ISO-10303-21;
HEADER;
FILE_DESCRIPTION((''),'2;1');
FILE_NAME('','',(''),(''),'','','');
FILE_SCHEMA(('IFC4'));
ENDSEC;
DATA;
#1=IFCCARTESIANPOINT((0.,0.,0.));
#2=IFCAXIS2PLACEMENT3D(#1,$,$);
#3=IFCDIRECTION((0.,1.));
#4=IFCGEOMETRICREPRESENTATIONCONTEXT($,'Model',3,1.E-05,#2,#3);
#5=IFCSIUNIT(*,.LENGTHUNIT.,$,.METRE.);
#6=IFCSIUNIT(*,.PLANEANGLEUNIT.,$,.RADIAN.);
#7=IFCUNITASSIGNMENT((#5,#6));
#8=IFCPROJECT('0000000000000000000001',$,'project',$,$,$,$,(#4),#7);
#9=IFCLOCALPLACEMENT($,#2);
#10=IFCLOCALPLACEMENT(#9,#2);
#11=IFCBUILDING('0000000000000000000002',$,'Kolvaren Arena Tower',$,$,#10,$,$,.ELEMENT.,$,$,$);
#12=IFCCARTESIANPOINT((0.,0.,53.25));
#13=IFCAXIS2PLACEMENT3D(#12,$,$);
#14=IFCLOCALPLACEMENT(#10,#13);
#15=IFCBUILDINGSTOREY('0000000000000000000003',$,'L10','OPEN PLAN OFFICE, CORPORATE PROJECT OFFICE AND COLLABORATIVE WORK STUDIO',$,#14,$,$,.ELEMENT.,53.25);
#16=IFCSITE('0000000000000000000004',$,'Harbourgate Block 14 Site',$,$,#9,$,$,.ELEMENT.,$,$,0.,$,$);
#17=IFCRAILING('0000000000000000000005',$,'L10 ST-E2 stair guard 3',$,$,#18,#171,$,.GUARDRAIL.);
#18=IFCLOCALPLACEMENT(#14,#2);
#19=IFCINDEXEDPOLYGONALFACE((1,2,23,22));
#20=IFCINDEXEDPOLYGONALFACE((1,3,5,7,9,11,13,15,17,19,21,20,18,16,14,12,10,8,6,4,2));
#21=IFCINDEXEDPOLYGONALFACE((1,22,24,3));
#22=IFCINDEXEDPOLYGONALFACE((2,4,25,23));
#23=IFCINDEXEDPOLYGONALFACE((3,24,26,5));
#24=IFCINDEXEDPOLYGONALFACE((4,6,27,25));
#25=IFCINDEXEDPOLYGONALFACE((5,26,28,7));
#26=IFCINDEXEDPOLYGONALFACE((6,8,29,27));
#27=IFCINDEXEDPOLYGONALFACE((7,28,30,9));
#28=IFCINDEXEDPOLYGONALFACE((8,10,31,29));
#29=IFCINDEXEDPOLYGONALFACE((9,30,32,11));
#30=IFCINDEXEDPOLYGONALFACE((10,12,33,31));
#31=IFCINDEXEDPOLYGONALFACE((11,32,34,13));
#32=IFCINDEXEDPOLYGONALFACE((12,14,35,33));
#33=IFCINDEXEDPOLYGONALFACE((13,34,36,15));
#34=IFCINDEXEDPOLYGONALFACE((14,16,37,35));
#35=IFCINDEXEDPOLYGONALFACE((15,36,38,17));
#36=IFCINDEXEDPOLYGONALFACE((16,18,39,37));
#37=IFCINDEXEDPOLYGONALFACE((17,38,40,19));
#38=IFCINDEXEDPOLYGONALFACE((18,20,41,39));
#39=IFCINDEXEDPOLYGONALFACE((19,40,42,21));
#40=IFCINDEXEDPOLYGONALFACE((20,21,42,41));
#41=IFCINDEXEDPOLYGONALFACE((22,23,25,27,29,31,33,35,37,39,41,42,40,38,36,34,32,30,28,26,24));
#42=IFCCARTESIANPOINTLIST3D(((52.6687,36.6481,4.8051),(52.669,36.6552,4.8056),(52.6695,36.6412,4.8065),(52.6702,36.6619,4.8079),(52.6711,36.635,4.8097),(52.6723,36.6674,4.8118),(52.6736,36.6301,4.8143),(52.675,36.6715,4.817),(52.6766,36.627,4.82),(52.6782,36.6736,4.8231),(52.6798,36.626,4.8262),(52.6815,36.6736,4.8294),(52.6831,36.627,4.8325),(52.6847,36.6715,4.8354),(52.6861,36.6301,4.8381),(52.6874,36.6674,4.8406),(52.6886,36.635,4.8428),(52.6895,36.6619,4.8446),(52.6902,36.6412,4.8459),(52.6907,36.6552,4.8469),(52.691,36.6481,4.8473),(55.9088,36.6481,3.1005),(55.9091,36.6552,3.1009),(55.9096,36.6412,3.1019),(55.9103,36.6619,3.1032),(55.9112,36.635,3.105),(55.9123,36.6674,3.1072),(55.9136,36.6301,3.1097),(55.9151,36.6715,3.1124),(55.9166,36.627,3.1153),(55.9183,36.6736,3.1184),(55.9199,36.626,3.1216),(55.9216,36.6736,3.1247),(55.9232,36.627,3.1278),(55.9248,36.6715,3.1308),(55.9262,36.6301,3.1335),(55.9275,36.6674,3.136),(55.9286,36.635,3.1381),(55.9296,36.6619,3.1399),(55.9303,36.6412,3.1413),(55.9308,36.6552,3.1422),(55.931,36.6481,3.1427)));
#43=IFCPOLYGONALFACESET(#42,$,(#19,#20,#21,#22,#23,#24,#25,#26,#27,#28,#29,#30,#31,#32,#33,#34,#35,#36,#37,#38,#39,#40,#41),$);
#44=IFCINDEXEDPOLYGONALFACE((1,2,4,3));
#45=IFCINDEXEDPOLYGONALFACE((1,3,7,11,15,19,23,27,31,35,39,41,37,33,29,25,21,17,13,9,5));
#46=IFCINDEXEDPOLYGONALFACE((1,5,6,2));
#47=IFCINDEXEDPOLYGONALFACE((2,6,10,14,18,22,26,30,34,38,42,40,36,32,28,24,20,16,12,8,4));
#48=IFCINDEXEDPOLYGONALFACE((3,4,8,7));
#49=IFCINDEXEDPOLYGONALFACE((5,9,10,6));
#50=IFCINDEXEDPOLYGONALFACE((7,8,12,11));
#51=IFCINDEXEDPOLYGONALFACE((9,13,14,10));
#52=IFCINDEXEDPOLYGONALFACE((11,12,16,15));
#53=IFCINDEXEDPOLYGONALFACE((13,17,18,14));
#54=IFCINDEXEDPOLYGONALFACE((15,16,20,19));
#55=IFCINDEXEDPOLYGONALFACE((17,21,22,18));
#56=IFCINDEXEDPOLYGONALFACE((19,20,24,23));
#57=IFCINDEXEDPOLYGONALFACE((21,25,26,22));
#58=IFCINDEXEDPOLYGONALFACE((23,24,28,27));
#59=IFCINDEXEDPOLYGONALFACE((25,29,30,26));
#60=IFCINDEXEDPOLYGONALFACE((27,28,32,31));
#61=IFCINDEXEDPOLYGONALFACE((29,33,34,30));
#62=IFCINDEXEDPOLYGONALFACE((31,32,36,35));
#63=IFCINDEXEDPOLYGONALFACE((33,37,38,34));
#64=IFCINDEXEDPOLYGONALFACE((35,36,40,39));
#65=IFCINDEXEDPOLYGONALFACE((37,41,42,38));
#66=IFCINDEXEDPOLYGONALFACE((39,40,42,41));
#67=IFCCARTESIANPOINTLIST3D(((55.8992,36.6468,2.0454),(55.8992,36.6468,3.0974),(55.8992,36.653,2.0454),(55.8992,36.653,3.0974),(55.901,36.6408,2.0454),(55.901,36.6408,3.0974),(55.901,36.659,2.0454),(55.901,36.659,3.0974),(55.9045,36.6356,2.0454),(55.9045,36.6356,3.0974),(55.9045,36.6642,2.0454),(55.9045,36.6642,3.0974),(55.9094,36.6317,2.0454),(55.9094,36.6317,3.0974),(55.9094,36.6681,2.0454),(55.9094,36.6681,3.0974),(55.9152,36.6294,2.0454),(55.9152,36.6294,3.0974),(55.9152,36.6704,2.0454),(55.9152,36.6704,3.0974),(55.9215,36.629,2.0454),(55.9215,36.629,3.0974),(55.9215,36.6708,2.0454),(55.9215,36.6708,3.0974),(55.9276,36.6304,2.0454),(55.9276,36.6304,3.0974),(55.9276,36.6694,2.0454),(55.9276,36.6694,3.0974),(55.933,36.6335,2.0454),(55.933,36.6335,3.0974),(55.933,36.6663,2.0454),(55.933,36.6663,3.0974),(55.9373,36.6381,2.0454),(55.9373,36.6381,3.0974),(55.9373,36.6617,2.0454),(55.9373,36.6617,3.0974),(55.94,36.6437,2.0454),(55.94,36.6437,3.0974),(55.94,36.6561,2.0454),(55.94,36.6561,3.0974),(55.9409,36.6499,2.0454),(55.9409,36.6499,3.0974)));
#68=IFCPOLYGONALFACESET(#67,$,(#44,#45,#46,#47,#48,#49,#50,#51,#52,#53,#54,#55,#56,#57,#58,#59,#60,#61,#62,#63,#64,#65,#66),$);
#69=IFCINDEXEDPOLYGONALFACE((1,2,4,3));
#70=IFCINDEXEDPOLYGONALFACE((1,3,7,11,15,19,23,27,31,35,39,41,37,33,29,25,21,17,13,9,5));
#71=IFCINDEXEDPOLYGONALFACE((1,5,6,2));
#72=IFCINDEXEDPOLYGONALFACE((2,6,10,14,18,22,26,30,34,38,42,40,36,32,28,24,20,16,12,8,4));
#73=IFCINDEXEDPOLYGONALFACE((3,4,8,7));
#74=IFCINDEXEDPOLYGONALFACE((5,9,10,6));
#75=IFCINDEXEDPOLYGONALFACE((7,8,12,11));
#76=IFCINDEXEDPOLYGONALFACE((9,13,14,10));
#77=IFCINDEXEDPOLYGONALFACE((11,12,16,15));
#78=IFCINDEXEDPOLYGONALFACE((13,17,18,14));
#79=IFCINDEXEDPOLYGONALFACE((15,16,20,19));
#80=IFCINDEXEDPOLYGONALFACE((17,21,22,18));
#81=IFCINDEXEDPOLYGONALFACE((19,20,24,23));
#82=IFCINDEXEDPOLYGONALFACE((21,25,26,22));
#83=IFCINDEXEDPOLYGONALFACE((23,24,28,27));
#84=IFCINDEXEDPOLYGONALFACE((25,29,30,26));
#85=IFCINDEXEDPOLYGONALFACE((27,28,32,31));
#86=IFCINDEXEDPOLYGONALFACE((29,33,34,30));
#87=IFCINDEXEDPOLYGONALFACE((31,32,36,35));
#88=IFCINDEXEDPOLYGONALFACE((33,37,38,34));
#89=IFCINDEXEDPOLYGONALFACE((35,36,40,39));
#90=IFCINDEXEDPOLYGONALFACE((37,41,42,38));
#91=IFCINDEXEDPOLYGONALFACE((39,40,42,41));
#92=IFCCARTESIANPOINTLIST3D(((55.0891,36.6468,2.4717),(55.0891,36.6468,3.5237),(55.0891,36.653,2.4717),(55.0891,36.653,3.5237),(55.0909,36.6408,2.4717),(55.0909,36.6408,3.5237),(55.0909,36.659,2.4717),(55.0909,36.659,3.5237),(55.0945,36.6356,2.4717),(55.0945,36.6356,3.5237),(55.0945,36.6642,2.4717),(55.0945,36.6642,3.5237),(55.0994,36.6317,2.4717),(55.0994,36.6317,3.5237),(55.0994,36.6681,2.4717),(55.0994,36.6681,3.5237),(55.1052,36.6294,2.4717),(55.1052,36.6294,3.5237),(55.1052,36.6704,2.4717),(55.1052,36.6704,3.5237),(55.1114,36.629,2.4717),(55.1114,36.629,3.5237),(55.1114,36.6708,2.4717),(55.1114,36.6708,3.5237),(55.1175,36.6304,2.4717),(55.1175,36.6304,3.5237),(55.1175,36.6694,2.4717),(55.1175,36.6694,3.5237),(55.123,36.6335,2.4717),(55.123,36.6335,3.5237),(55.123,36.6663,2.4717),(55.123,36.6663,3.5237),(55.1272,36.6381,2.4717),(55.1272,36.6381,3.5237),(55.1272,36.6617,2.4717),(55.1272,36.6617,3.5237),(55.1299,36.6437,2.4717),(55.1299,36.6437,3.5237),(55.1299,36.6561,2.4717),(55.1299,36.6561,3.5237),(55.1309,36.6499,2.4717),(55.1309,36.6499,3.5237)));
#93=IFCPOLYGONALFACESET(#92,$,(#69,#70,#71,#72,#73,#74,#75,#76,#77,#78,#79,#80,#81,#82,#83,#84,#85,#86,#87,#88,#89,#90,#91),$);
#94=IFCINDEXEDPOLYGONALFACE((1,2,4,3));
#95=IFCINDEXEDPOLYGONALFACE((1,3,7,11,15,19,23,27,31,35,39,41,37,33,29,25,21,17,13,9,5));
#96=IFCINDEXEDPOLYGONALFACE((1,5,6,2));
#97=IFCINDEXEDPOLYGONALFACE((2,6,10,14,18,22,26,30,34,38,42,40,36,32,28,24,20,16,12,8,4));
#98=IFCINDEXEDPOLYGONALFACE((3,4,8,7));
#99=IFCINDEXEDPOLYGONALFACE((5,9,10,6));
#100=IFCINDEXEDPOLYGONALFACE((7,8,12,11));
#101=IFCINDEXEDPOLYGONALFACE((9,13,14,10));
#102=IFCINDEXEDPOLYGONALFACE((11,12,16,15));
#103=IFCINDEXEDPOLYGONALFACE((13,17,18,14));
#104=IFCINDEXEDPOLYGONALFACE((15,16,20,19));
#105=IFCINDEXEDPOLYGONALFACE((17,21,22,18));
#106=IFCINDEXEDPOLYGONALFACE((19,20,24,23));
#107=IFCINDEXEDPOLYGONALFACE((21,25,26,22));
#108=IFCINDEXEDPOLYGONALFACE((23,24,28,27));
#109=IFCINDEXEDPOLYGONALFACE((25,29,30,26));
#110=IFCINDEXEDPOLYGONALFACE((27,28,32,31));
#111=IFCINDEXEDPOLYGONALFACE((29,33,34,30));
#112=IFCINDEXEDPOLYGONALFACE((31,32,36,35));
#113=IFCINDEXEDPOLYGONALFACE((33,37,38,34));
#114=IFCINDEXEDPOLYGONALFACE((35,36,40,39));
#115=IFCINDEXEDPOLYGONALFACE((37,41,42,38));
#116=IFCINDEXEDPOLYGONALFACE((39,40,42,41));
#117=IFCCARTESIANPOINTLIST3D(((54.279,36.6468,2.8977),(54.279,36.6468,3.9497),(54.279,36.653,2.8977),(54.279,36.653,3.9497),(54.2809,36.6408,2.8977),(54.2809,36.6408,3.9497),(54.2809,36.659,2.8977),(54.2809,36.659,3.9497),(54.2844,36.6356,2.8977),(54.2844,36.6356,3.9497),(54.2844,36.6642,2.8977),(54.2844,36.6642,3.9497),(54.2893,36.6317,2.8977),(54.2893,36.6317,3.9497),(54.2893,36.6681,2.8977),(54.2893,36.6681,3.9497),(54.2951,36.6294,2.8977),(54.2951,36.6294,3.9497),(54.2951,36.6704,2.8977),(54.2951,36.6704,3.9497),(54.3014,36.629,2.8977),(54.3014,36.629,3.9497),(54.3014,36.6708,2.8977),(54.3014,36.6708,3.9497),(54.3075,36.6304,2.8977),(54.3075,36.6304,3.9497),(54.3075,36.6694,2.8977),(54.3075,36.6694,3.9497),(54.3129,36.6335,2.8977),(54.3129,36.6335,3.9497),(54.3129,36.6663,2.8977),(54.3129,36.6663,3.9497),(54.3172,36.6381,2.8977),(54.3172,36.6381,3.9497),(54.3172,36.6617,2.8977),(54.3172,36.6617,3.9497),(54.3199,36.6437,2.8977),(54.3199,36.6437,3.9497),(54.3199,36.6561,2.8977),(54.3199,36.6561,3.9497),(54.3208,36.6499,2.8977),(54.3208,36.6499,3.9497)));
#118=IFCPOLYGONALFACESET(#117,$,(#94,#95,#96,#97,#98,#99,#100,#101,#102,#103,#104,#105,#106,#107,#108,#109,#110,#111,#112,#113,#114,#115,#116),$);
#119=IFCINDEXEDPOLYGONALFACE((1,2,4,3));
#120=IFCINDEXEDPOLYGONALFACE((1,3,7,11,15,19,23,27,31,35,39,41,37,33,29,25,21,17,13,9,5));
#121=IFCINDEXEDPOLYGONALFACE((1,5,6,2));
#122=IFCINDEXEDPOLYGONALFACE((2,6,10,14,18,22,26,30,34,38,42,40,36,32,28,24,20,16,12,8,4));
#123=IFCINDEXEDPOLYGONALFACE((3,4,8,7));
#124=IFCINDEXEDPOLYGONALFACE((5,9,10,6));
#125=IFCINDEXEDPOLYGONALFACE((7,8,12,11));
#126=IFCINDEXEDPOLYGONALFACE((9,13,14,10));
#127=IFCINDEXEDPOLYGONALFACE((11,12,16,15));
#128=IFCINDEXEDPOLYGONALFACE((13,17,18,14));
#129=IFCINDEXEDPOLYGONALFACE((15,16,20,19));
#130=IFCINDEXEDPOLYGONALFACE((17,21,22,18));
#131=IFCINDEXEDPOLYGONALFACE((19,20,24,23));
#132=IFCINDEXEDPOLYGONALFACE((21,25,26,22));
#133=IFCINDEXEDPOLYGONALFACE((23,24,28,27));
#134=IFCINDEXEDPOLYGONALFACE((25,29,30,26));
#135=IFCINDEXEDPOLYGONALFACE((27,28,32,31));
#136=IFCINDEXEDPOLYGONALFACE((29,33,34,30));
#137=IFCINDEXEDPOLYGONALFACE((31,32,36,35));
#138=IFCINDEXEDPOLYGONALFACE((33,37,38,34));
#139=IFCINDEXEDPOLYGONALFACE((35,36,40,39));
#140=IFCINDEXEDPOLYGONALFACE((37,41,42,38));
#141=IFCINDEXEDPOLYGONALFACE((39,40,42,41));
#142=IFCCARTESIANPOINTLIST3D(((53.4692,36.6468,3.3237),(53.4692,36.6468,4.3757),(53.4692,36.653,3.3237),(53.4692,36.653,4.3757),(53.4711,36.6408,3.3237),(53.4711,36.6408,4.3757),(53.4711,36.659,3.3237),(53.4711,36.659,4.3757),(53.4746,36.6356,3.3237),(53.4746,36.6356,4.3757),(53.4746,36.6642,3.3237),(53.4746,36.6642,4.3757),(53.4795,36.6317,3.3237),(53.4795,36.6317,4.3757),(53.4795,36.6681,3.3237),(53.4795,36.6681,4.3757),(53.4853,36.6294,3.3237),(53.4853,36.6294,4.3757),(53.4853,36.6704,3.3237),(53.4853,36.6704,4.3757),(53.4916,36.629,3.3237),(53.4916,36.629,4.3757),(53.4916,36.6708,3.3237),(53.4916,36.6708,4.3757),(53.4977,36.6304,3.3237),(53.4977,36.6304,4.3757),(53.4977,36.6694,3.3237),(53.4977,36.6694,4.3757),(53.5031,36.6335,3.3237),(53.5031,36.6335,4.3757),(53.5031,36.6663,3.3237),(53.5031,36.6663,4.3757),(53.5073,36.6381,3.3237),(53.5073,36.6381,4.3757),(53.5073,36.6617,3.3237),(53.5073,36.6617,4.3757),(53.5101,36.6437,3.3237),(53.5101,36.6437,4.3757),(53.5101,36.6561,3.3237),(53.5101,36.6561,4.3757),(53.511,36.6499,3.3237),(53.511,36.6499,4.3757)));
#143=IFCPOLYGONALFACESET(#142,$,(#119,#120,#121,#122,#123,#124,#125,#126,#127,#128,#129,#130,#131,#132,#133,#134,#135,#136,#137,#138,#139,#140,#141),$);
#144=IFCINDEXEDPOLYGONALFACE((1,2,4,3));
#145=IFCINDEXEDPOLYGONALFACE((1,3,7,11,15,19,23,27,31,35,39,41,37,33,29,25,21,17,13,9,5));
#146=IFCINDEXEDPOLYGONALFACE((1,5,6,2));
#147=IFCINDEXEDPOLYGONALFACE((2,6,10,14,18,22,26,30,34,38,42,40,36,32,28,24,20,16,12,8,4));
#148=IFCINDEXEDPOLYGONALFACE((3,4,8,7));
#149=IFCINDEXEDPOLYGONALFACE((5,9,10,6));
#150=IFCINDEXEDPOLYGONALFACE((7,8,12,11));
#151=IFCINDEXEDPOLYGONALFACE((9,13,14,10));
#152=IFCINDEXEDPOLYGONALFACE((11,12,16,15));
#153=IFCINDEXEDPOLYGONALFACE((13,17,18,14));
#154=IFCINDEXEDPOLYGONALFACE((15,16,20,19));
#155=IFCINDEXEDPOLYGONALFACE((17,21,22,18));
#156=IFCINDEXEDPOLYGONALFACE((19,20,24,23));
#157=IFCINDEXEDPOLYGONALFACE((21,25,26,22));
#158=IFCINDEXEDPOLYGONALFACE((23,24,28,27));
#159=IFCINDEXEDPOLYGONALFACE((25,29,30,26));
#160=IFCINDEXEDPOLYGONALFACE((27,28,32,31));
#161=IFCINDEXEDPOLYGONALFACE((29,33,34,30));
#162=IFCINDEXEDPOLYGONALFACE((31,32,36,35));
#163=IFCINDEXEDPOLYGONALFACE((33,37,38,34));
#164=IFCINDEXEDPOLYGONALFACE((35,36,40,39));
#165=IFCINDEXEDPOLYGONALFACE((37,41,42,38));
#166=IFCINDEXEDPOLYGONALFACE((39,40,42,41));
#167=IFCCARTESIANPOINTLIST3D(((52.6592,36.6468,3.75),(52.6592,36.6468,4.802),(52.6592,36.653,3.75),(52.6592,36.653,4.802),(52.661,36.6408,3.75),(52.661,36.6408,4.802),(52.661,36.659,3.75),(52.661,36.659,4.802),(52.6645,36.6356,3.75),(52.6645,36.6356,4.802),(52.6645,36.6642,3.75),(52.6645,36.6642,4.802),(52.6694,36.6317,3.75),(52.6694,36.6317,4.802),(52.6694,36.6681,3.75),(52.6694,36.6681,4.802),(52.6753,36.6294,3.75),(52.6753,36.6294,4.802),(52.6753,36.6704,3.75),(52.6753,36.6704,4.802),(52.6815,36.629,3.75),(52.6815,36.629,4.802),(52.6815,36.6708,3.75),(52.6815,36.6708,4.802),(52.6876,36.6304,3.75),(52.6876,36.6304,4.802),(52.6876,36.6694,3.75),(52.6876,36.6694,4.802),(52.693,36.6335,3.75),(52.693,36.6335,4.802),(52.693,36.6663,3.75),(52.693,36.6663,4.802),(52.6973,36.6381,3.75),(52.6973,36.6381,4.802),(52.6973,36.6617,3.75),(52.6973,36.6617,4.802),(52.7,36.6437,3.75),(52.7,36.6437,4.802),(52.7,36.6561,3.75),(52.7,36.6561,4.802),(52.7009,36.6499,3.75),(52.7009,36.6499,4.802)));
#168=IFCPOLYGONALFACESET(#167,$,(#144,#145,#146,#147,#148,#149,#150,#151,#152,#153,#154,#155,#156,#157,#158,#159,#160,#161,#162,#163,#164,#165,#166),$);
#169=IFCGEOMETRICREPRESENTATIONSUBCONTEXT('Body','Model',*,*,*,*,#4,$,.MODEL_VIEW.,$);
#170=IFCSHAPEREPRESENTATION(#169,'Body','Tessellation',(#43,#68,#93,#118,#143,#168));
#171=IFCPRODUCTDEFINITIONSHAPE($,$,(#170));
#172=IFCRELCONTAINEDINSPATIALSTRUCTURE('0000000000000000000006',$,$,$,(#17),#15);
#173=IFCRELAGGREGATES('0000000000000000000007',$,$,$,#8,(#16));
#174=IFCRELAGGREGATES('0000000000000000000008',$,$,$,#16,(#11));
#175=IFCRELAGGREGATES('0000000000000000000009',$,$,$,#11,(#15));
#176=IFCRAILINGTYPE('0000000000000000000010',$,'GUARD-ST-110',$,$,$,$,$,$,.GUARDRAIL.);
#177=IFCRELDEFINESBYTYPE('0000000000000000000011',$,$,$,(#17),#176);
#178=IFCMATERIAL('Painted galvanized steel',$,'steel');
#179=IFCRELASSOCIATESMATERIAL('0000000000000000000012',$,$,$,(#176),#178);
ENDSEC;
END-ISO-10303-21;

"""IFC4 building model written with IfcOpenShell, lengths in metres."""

from ifc_helpers import new_model, si_unit, direction, frame, origin, origin_2d, place, context, subcontext, project, spatial, circle, extrude, material, type_object, element, save


model = new_model("IFC4")

# Units and contexts
model_context = context("Model", 3, precision=1e-05, world=origin(), true_north=direction((0.0, 1.0)))
body_context = subcontext(model_context, "Body", "Model", "MODEL_VIEW")
ifc_project = project(units=[si_unit("LENGTHUNIT", "METRE"), si_unit("PLANEANGLEUNIT", "RADIAN")], contexts=[model_context])

# Site, building, storey
site_placement = place(None, origin())
site = spatial("IfcSite", under=ifc_project, at=site_placement, Name="Harbourgate Block 14 Site", CompositionType="ELEMENT", RefElevation=0.0)
building_placement = place(site_placement, origin())
building = spatial("IfcBuilding", under=site, at=building_placement, Name="Kolvaren Arena Tower", CompositionType="ELEMENT")
storey_placement = place(building_placement, frame((0.0, 0.0, 53.25)))
storey = spatial("IfcBuildingStorey", under=building, at=storey_placement, Name="L10", Description="OPEN PLAN OFFICE, CORPORATE PROJECT OFFICE AND COLLABORATIVE WORK STUDIO", CompositionType="ELEMENT", Elevation=53.25)

# Railing
ifc_material_1 = material(Name="Painted galvanized steel", Category="steel")
railing_type = type_object("IfcRailingType", Name="GUARD-ST-110", PredefinedType="GUARDRAIL", material=ifc_material_1)
railing_1_placement = place(storey_placement, frame((55.9199, 36.6499, 2.0454)))
element("IfcRailing", 1, at=railing_1_placement, inside=storey, type_object=railing_type, Name="L10 ST-E2 stair guard 3", PredefinedType="GUARDRAIL", context=body_context, shape_type="SweptSolid", body=[
    extrude(circle(Radius=0.0239, at=origin_2d()), frame((0.0, 0.0, 1.0762), z_axis=(-0.884993, 0.0, 0.465604), x_axis=(0.0, -1.0, 0.0)), (0.0, 0.0, 1.0), 3.6611),
    extrude(circle(Radius=0.021, at=origin_2d()), origin(), (0.0, 0.0, 1.0), 1.052),
    extrude(circle(Radius=0.021, at=origin_2d()), frame((-0.8101, 0.0, 0.4263)), (0.0, 0.0, 1.0), 1.052),
    extrude(circle(Radius=0.021, at=origin_2d()), frame((-1.6201, 0.0, 0.8523)), (0.0, 0.0, 1.0), 1.052),
    extrude(circle(Radius=0.021, at=origin_2d()), frame((-2.4299, 0.0, 1.2783)), (0.0, 0.0, 1.0), 1.052),
    extrude(circle(Radius=0.021, at=origin_2d()), frame((-3.24, 0.0, 1.7046)), (0.0, 0.0, 1.0), 1.052),
])

save(model, "model.ifc")
